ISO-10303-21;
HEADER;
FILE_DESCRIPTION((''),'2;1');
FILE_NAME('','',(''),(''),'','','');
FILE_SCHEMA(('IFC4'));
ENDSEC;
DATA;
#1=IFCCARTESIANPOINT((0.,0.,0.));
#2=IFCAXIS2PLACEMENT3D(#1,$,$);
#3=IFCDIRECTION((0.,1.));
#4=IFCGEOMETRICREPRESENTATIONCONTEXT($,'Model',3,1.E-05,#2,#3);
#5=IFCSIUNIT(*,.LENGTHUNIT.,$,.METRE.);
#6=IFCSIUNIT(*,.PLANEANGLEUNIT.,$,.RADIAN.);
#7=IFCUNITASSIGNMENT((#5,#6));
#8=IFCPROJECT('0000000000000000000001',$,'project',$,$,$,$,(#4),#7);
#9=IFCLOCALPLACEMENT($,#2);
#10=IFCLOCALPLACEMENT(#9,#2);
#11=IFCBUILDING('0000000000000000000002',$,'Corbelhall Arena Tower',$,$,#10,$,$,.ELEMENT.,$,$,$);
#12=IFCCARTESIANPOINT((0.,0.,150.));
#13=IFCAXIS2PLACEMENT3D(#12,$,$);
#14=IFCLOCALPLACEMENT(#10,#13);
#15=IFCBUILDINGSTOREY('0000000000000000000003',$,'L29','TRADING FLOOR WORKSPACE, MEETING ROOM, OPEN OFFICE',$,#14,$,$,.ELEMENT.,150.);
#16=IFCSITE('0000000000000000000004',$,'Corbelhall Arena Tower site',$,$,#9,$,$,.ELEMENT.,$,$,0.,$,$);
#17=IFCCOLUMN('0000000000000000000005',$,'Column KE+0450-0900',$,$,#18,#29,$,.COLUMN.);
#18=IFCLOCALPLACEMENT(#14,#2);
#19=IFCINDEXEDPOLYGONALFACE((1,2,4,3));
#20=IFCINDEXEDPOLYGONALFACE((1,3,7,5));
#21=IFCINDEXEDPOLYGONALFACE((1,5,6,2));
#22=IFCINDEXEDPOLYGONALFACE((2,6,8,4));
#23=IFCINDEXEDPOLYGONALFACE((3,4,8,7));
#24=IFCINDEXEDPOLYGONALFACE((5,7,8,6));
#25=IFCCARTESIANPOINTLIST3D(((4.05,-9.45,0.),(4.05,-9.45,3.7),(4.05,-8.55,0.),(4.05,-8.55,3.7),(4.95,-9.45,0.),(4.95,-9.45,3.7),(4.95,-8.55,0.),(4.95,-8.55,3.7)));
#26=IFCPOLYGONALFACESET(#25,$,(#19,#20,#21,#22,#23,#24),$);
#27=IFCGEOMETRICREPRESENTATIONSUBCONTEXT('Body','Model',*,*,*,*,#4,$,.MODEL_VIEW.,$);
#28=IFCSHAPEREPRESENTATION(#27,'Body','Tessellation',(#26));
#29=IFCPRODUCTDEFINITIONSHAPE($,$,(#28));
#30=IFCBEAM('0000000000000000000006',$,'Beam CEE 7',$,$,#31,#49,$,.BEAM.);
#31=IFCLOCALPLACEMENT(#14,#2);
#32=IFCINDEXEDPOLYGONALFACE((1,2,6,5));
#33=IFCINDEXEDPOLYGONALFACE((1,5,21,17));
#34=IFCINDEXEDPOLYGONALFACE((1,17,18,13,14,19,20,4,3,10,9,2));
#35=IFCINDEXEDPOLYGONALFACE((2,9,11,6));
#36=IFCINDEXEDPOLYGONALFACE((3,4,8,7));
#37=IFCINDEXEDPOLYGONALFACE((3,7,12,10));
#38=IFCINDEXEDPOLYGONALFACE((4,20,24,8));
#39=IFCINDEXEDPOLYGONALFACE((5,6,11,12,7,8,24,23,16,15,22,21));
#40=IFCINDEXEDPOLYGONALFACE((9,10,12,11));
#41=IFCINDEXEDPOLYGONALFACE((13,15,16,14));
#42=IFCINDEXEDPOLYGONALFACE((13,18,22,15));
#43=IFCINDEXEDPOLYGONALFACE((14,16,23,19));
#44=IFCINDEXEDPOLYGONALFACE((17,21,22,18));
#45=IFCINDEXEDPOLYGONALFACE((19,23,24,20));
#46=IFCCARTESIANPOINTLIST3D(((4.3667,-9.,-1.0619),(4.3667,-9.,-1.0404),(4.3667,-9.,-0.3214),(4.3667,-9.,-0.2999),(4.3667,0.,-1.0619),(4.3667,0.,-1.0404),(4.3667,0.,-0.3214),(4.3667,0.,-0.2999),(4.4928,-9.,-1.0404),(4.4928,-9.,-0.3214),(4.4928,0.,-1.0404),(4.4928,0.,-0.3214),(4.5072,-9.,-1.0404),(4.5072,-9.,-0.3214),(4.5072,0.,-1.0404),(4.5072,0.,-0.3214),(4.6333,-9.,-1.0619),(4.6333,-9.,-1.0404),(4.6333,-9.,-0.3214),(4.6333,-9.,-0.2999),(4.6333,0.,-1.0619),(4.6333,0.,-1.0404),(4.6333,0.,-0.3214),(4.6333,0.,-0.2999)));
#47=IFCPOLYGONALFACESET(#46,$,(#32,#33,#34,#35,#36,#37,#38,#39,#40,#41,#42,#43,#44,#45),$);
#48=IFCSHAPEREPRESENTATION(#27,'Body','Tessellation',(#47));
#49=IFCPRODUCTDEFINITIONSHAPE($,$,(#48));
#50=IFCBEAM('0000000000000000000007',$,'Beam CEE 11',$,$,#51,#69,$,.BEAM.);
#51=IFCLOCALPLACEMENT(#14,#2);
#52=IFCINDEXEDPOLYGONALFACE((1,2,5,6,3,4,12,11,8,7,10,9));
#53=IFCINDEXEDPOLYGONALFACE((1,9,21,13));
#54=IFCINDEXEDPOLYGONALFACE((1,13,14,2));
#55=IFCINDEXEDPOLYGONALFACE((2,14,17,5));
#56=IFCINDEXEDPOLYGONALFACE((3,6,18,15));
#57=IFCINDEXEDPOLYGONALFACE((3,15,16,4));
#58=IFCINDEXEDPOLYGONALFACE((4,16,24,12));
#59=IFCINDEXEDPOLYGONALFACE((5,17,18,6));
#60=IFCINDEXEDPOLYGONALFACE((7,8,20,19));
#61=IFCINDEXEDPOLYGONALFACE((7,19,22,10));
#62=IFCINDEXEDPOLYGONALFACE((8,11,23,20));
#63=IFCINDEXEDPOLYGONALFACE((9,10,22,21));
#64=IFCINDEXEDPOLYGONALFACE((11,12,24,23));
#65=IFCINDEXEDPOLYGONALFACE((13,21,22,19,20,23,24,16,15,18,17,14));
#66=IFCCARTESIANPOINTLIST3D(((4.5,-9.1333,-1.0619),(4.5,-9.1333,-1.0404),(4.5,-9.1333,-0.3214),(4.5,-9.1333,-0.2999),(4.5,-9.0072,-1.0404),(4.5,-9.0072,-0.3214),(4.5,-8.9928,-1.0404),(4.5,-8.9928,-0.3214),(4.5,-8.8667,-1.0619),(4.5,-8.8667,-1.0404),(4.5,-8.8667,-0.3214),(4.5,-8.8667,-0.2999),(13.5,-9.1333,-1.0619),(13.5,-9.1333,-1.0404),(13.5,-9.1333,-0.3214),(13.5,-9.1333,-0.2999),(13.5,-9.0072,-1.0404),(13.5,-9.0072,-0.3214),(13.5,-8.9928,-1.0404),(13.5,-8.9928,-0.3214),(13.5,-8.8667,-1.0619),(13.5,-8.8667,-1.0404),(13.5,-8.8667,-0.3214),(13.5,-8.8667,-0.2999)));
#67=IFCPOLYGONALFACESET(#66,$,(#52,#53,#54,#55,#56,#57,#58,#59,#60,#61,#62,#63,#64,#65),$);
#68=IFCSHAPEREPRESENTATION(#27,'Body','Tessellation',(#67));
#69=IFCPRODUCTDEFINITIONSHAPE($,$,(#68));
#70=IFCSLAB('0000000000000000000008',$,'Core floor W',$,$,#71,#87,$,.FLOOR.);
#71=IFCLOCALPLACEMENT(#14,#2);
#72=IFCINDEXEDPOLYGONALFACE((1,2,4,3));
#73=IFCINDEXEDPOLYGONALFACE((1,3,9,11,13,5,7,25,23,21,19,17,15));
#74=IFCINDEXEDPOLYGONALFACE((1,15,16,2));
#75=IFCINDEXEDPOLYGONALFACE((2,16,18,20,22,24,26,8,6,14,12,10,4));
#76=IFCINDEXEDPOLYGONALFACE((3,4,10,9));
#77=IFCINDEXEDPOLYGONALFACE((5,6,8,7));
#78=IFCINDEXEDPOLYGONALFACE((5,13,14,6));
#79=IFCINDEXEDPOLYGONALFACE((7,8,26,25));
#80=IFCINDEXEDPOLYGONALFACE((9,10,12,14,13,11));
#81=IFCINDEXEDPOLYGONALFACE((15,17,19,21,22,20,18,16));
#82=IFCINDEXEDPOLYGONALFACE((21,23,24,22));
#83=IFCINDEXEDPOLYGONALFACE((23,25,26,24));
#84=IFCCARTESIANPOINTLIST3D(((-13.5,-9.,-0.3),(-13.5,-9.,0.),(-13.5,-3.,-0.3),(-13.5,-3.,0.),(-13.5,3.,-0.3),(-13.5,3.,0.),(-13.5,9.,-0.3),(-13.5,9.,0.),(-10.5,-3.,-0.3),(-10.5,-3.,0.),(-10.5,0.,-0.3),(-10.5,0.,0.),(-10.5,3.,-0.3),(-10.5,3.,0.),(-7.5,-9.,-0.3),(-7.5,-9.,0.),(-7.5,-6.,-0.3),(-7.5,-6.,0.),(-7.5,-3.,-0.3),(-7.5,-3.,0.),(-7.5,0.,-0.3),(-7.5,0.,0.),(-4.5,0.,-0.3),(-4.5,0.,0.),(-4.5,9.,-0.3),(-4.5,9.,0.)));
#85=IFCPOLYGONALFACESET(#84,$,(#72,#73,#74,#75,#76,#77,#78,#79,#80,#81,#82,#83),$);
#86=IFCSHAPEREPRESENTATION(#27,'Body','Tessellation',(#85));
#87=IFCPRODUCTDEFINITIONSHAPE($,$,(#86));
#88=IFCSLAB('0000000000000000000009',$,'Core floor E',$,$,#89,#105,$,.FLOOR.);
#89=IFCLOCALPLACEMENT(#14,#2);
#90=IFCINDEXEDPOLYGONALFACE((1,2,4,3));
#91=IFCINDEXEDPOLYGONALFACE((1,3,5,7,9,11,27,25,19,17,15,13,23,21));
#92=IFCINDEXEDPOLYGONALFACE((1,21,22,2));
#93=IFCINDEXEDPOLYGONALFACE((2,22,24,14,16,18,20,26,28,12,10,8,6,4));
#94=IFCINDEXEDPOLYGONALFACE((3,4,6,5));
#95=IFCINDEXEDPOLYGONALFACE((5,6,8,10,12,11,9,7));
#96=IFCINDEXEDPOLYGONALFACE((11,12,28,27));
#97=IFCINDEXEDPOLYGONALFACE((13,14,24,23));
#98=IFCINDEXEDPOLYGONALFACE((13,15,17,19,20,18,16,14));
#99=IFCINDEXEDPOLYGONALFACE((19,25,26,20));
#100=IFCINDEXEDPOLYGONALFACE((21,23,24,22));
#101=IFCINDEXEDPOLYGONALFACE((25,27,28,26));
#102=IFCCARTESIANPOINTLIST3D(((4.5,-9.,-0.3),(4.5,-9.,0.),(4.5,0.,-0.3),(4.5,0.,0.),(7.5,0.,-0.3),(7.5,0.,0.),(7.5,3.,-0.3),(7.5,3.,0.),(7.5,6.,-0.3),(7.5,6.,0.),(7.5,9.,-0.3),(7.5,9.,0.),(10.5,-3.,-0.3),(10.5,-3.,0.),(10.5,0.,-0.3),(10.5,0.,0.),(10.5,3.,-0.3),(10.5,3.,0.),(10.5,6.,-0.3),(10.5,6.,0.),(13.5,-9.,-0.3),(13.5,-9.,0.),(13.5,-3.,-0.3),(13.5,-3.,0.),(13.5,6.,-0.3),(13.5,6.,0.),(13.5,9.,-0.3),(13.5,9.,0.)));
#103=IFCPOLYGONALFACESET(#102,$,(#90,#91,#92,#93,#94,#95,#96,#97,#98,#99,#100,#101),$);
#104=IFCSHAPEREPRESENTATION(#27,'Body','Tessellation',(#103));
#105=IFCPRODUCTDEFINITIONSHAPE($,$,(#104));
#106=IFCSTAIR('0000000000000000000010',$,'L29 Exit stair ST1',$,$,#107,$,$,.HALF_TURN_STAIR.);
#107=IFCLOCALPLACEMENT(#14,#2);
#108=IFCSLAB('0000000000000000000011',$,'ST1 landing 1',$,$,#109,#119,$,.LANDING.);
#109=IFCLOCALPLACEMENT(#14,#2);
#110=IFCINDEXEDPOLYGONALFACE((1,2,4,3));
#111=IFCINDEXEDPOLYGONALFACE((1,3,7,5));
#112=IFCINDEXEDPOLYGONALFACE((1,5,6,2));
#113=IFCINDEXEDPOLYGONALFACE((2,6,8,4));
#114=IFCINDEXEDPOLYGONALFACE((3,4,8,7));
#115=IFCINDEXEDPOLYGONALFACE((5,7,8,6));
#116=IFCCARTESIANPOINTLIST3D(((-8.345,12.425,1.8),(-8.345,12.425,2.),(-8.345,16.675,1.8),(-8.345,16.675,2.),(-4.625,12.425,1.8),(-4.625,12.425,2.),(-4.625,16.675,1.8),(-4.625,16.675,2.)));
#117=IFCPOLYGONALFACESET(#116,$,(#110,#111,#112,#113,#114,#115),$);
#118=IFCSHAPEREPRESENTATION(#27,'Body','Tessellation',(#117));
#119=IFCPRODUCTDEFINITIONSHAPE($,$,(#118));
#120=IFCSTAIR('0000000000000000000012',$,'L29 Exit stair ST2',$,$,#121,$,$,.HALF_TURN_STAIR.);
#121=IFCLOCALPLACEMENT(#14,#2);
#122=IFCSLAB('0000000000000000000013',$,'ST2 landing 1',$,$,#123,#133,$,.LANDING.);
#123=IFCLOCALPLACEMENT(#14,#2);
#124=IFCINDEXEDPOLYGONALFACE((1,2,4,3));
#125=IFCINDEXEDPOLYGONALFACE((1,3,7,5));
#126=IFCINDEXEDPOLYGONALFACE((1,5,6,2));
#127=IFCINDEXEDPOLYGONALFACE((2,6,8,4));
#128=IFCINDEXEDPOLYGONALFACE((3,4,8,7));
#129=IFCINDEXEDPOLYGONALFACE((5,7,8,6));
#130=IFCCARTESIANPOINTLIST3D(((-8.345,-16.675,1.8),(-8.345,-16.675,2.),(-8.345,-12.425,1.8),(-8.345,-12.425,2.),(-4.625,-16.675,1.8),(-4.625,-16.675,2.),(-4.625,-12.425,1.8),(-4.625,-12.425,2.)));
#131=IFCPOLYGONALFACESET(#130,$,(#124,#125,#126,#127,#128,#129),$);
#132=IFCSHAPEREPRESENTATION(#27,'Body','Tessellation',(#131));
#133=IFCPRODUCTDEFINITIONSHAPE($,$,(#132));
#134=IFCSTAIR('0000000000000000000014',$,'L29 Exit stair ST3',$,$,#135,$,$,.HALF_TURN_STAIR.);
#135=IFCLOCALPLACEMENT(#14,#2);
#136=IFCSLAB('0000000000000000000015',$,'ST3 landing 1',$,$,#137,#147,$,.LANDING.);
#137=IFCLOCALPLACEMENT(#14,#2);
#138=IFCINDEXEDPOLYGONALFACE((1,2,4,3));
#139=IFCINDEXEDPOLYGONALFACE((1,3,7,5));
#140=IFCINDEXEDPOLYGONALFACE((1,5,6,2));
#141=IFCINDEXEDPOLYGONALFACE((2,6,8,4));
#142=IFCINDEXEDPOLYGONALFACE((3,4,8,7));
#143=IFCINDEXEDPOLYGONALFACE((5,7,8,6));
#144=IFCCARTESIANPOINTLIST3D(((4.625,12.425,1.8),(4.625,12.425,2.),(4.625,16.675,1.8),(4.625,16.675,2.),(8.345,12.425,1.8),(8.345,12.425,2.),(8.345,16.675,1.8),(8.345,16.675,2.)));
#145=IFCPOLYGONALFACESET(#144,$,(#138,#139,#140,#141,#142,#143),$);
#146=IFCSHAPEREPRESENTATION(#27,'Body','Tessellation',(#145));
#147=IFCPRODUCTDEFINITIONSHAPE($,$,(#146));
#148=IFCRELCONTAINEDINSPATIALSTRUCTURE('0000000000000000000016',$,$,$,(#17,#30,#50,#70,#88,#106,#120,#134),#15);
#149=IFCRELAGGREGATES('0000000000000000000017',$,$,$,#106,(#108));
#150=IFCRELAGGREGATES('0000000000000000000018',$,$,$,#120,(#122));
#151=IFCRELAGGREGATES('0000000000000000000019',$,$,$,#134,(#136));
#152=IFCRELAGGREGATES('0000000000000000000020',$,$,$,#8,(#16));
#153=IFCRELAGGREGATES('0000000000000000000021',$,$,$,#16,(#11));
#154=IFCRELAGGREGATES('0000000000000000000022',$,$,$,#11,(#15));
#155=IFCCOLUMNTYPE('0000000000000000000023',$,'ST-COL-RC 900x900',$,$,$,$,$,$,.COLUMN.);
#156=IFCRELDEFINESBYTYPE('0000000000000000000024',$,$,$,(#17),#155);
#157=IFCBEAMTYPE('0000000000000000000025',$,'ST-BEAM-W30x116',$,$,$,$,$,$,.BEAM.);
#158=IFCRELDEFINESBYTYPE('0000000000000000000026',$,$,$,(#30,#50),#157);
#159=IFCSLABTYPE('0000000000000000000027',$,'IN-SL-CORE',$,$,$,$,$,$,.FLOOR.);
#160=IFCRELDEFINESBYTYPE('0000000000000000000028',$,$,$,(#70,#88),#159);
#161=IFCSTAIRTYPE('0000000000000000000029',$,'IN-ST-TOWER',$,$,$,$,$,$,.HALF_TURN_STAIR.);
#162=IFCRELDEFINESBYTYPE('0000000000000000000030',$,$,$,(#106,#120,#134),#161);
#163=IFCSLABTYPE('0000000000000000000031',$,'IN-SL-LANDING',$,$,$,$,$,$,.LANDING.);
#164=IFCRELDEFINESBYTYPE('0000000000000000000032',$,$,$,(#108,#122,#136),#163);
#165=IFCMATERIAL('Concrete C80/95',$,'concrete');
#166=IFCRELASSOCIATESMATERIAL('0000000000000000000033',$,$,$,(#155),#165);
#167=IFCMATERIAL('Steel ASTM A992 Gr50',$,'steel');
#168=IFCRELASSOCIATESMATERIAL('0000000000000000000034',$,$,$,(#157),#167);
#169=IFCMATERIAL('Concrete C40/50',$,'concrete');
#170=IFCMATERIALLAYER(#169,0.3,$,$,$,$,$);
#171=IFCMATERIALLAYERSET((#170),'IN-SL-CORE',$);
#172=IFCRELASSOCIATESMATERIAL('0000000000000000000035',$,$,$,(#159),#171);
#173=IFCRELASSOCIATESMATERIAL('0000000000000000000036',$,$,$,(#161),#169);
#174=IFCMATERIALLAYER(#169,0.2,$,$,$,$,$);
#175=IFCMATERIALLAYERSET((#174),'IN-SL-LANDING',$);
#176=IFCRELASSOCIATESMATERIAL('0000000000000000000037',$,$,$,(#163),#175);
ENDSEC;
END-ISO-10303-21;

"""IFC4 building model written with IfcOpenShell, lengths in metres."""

from ifc_helpers import new_model, si_unit, direction, frame, origin, origin_2d, place, context, subcontext, project, spatial, polyline, rectangle, i_section, outline, extrude, material, layer, layer_set, material_profile, profile_set, type_object, element, aggregate, save


model = new_model("IFC4")

# Units and contexts
model_context = context("Model", 3, precision=1e-05, world=origin(), true_north=direction((0.0, 1.0)))
body_context = subcontext(model_context, "Body", "Model", "MODEL_VIEW")
ifc_project = project(units=[si_unit("LENGTHUNIT", "METRE"), si_unit("PLANEANGLEUNIT", "RADIAN")], contexts=[model_context])

# Site, building, storey
site_placement = place(None, origin())
site = spatial("IfcSite", under=ifc_project, at=site_placement, Name="Corbelhall Arena Tower site", CompositionType="ELEMENT", RefElevation=0.0)
building_placement = place(site_placement, origin())
building = spatial("IfcBuilding", under=site, at=building_placement, Name="Corbelhall Arena Tower", CompositionType="ELEMENT")
storey_placement = place(building_placement, frame((0.0, 0.0, 150.0)))
storey = spatial("IfcBuildingStorey", under=building, at=storey_placement, Name="L29", Description="TRADING FLOOR WORKSPACE, MEETING ROOM, OPEN OFFICE", CompositionType="ELEMENT", Elevation=150.0)

# Column
ifc_material_1 = material(Name="Concrete C80/95", Category="concrete")
ifc_material_profile_1 = material_profile(ifc_material_1, rectangle(XDim=0.8999, YDim=0.8999, at=origin_2d()))
ifc_profile_set_1 = profile_set([ifc_material_profile_1], Name="Concrete C80/95")
column_type = type_object("IfcColumnType", Name="ST-COL-RC 900x900", PredefinedType="COLUMN", material=ifc_profile_set_1)
column_placement = place(storey_placement, frame((4.5, -9.0, 0.0), z_axis=(0.0, 0.0, 1.0), x_axis=(1.0, 0.0, 0.0)))
element("IfcColumn", 1, at=column_placement, inside=storey, type_object=column_type, Name="Column KE+0450-0900", PredefinedType="COLUMN", context=body_context, shape_type="SweptSolid", body=[
    extrude(rectangle(XDim=0.8999, YDim=0.8999, at=origin_2d()), origin(), (0.0, 0.0, 1.0), 3.7),
])

# Beams
ifc_material_2 = material(Name="Steel ASTM A992 Gr50", Category="steel")
ifc_material_profile_2 = material_profile(ifc_material_2, i_section(OverallWidth=0.2666, OverallDepth=0.762, WebThickness=0.0144, FlangeThickness=0.0215, at=origin_2d()))
ifc_profile_set_2 = profile_set([ifc_material_profile_2], Name="Steel ASTM A992 Gr50")
beam_type = type_object("IfcBeamType", Name="ST-BEAM-W30x116", PredefinedType="BEAM", material=ifc_profile_set_2)
for number, where, z_axis, x_axis, name in (
    (2, (4.5, -9.0, -0.6809), (0.0, 1.0, 0.0), (-1.0, 0.0, 0.0), "Beam CEE 7"),
    (3, (4.5, -9.0, -0.6809), (1.0, 0.0, 0.0), (0.0, 1.0, 0.0), "Beam CEE 11"),
):
    element("IfcBeam", number, at=place(storey_placement, frame(where, z_axis=z_axis, x_axis=x_axis)), inside=storey, type_object=beam_type, Name=name, PredefinedType="BEAM", context=body_context, shape_type="SweptSolid", body=[
        extrude(i_section(OverallWidth=0.2666, OverallDepth=0.762, WebThickness=0.0144, FlangeThickness=0.0215, at=origin_2d()), origin(), (0.0, 0.0, 1.0), 9.0),
    ])

# Slabs
ifc_material_3 = material(Name="Concrete C40/50", Category="concrete")
ifc_layer_1 = layer(ifc_material_3, 0.3)
ifc_layer_set_1 = layer_set([ifc_layer_1], Name="IN-SL-CORE")
slab_type_1 = type_object("IfcSlabType", Name="IN-SL-CORE", PredefinedType="FLOOR", material=ifc_layer_set_1)
slab_1_placement = place(storey_placement, frame((0.0, 0.0, -0.3)))
element("IfcSlab", 4, at=slab_1_placement, inside=storey, type_object=slab_type_1, Name="Core floor W", PredefinedType="FLOOR", context=body_context, shape_type="SweptSolid", body=[
    extrude(outline(polyline([(-7.5, 0.0), (-4.5, 0.0), (-4.5, 9.0), (-13.5, 9.0), (-13.5, 3.0), (-10.5, 3.0), (-10.5, 0.0), (-10.5, -3.0), (-13.5, -3.0), (-13.5, -9.0), (-7.5, -9.0), (-7.5, -6.0), (-7.5, -3.0), (-7.5, 0.0)])), origin(), (0.0, 0.0, 1.0), 0.3),
])
slab_2_placement = place(storey_placement, frame((0.0, 0.0, -0.3)))
element("IfcSlab", 5, at=slab_2_placement, inside=storey, type_object=slab_type_1, Name="Core floor E", PredefinedType="FLOOR", context=body_context, shape_type="SweptSolid", body=[
    extrude(outline(polyline([(7.5, 0.0), (4.5, 0.0), (4.5, -9.0), (13.5, -9.0), (13.5, -3.0), (10.5, -3.0), (10.5, 0.0), (10.5, 3.0), (10.5, 6.0), (13.5, 6.0), (13.5, 9.0), (7.5, 9.0), (7.5, 6.0), (7.5, 3.0), (7.5, 0.0)])), origin(), (0.0, 0.0, 1.0), 0.3),
])

# Stairs, slabs
stair_type = type_object("IfcStairType", Name="IN-ST-TOWER", PredefinedType="HALF_TURN_STAIR", material=ifc_material_3)
stair_1_placement = place(storey_placement, origin())
stair_1 = element("IfcStair", 6, at=stair_1_placement, inside=storey, type_object=stair_type, Name="L29 Exit stair ST1", PredefinedType="HALF_TURN_STAIR")
ifc_layer_2 = layer(ifc_material_3, 0.2)
ifc_layer_set_2 = layer_set([ifc_layer_2], Name="IN-SL-LANDING")
slab_type_2 = type_object("IfcSlabType", Name="IN-SL-LANDING", PredefinedType="LANDING", material=ifc_layer_set_2)
slab_3_placement = place(storey_placement, frame((0.0, 0.0, 1.8)))
slab_3 = element("IfcSlab", 7, at=slab_3_placement, type_object=slab_type_2, Name="ST1 landing 1", PredefinedType="LANDING", context=body_context, shape_type="SweptSolid", body=[
    extrude(outline(polyline([(-8.345, 12.425), (-4.625, 12.425), (-4.625, 16.675), (-8.345, 16.675), (-8.345, 12.425)])), origin(), (0.0, 0.0, 1.0), 0.2),
])
aggregate(stair_1, [slab_3])
stair_2_placement = place(storey_placement, origin())
stair_2 = element("IfcStair", 8, at=stair_2_placement, inside=storey, type_object=stair_type, Name="L29 Exit stair ST2", PredefinedType="HALF_TURN_STAIR")
slab_4_placement = place(storey_placement, frame((0.0, 0.0, 1.8)))
slab_4 = element("IfcSlab", 9, at=slab_4_placement, type_object=slab_type_2, Name="ST2 landing 1", PredefinedType="LANDING", context=body_context, shape_type="SweptSolid", body=[
    extrude(outline(polyline([(-8.345, -16.675), (-4.625, -16.675), (-4.625, -12.425), (-8.345, -12.425), (-8.345, -16.675)])), origin(), (0.0, 0.0, 1.0), 0.2),
])
aggregate(stair_2, [slab_4])
stair_3_placement = place(storey_placement, origin())
stair_3 = element("IfcStair", 10, at=stair_3_placement, inside=storey, type_object=stair_type, Name="L29 Exit stair ST3", PredefinedType="HALF_TURN_STAIR")
slab_5_placement = place(storey_placement, frame((0.0, 0.0, 1.8)))
slab_5 = element("IfcSlab", 11, at=slab_5_placement, type_object=slab_type_2, Name="ST3 landing 1", PredefinedType="LANDING", context=body_context, shape_type="SweptSolid", body=[
    extrude(outline(polyline([(8.345, 16.675), (4.625, 16.675), (4.625, 12.425), (8.345, 12.425), (8.345, 16.675)])), origin(), (0.0, 0.0, 1.0), 0.2),
])
aggregate(stair_3, [slab_5])

save(model, "model.ifc")
